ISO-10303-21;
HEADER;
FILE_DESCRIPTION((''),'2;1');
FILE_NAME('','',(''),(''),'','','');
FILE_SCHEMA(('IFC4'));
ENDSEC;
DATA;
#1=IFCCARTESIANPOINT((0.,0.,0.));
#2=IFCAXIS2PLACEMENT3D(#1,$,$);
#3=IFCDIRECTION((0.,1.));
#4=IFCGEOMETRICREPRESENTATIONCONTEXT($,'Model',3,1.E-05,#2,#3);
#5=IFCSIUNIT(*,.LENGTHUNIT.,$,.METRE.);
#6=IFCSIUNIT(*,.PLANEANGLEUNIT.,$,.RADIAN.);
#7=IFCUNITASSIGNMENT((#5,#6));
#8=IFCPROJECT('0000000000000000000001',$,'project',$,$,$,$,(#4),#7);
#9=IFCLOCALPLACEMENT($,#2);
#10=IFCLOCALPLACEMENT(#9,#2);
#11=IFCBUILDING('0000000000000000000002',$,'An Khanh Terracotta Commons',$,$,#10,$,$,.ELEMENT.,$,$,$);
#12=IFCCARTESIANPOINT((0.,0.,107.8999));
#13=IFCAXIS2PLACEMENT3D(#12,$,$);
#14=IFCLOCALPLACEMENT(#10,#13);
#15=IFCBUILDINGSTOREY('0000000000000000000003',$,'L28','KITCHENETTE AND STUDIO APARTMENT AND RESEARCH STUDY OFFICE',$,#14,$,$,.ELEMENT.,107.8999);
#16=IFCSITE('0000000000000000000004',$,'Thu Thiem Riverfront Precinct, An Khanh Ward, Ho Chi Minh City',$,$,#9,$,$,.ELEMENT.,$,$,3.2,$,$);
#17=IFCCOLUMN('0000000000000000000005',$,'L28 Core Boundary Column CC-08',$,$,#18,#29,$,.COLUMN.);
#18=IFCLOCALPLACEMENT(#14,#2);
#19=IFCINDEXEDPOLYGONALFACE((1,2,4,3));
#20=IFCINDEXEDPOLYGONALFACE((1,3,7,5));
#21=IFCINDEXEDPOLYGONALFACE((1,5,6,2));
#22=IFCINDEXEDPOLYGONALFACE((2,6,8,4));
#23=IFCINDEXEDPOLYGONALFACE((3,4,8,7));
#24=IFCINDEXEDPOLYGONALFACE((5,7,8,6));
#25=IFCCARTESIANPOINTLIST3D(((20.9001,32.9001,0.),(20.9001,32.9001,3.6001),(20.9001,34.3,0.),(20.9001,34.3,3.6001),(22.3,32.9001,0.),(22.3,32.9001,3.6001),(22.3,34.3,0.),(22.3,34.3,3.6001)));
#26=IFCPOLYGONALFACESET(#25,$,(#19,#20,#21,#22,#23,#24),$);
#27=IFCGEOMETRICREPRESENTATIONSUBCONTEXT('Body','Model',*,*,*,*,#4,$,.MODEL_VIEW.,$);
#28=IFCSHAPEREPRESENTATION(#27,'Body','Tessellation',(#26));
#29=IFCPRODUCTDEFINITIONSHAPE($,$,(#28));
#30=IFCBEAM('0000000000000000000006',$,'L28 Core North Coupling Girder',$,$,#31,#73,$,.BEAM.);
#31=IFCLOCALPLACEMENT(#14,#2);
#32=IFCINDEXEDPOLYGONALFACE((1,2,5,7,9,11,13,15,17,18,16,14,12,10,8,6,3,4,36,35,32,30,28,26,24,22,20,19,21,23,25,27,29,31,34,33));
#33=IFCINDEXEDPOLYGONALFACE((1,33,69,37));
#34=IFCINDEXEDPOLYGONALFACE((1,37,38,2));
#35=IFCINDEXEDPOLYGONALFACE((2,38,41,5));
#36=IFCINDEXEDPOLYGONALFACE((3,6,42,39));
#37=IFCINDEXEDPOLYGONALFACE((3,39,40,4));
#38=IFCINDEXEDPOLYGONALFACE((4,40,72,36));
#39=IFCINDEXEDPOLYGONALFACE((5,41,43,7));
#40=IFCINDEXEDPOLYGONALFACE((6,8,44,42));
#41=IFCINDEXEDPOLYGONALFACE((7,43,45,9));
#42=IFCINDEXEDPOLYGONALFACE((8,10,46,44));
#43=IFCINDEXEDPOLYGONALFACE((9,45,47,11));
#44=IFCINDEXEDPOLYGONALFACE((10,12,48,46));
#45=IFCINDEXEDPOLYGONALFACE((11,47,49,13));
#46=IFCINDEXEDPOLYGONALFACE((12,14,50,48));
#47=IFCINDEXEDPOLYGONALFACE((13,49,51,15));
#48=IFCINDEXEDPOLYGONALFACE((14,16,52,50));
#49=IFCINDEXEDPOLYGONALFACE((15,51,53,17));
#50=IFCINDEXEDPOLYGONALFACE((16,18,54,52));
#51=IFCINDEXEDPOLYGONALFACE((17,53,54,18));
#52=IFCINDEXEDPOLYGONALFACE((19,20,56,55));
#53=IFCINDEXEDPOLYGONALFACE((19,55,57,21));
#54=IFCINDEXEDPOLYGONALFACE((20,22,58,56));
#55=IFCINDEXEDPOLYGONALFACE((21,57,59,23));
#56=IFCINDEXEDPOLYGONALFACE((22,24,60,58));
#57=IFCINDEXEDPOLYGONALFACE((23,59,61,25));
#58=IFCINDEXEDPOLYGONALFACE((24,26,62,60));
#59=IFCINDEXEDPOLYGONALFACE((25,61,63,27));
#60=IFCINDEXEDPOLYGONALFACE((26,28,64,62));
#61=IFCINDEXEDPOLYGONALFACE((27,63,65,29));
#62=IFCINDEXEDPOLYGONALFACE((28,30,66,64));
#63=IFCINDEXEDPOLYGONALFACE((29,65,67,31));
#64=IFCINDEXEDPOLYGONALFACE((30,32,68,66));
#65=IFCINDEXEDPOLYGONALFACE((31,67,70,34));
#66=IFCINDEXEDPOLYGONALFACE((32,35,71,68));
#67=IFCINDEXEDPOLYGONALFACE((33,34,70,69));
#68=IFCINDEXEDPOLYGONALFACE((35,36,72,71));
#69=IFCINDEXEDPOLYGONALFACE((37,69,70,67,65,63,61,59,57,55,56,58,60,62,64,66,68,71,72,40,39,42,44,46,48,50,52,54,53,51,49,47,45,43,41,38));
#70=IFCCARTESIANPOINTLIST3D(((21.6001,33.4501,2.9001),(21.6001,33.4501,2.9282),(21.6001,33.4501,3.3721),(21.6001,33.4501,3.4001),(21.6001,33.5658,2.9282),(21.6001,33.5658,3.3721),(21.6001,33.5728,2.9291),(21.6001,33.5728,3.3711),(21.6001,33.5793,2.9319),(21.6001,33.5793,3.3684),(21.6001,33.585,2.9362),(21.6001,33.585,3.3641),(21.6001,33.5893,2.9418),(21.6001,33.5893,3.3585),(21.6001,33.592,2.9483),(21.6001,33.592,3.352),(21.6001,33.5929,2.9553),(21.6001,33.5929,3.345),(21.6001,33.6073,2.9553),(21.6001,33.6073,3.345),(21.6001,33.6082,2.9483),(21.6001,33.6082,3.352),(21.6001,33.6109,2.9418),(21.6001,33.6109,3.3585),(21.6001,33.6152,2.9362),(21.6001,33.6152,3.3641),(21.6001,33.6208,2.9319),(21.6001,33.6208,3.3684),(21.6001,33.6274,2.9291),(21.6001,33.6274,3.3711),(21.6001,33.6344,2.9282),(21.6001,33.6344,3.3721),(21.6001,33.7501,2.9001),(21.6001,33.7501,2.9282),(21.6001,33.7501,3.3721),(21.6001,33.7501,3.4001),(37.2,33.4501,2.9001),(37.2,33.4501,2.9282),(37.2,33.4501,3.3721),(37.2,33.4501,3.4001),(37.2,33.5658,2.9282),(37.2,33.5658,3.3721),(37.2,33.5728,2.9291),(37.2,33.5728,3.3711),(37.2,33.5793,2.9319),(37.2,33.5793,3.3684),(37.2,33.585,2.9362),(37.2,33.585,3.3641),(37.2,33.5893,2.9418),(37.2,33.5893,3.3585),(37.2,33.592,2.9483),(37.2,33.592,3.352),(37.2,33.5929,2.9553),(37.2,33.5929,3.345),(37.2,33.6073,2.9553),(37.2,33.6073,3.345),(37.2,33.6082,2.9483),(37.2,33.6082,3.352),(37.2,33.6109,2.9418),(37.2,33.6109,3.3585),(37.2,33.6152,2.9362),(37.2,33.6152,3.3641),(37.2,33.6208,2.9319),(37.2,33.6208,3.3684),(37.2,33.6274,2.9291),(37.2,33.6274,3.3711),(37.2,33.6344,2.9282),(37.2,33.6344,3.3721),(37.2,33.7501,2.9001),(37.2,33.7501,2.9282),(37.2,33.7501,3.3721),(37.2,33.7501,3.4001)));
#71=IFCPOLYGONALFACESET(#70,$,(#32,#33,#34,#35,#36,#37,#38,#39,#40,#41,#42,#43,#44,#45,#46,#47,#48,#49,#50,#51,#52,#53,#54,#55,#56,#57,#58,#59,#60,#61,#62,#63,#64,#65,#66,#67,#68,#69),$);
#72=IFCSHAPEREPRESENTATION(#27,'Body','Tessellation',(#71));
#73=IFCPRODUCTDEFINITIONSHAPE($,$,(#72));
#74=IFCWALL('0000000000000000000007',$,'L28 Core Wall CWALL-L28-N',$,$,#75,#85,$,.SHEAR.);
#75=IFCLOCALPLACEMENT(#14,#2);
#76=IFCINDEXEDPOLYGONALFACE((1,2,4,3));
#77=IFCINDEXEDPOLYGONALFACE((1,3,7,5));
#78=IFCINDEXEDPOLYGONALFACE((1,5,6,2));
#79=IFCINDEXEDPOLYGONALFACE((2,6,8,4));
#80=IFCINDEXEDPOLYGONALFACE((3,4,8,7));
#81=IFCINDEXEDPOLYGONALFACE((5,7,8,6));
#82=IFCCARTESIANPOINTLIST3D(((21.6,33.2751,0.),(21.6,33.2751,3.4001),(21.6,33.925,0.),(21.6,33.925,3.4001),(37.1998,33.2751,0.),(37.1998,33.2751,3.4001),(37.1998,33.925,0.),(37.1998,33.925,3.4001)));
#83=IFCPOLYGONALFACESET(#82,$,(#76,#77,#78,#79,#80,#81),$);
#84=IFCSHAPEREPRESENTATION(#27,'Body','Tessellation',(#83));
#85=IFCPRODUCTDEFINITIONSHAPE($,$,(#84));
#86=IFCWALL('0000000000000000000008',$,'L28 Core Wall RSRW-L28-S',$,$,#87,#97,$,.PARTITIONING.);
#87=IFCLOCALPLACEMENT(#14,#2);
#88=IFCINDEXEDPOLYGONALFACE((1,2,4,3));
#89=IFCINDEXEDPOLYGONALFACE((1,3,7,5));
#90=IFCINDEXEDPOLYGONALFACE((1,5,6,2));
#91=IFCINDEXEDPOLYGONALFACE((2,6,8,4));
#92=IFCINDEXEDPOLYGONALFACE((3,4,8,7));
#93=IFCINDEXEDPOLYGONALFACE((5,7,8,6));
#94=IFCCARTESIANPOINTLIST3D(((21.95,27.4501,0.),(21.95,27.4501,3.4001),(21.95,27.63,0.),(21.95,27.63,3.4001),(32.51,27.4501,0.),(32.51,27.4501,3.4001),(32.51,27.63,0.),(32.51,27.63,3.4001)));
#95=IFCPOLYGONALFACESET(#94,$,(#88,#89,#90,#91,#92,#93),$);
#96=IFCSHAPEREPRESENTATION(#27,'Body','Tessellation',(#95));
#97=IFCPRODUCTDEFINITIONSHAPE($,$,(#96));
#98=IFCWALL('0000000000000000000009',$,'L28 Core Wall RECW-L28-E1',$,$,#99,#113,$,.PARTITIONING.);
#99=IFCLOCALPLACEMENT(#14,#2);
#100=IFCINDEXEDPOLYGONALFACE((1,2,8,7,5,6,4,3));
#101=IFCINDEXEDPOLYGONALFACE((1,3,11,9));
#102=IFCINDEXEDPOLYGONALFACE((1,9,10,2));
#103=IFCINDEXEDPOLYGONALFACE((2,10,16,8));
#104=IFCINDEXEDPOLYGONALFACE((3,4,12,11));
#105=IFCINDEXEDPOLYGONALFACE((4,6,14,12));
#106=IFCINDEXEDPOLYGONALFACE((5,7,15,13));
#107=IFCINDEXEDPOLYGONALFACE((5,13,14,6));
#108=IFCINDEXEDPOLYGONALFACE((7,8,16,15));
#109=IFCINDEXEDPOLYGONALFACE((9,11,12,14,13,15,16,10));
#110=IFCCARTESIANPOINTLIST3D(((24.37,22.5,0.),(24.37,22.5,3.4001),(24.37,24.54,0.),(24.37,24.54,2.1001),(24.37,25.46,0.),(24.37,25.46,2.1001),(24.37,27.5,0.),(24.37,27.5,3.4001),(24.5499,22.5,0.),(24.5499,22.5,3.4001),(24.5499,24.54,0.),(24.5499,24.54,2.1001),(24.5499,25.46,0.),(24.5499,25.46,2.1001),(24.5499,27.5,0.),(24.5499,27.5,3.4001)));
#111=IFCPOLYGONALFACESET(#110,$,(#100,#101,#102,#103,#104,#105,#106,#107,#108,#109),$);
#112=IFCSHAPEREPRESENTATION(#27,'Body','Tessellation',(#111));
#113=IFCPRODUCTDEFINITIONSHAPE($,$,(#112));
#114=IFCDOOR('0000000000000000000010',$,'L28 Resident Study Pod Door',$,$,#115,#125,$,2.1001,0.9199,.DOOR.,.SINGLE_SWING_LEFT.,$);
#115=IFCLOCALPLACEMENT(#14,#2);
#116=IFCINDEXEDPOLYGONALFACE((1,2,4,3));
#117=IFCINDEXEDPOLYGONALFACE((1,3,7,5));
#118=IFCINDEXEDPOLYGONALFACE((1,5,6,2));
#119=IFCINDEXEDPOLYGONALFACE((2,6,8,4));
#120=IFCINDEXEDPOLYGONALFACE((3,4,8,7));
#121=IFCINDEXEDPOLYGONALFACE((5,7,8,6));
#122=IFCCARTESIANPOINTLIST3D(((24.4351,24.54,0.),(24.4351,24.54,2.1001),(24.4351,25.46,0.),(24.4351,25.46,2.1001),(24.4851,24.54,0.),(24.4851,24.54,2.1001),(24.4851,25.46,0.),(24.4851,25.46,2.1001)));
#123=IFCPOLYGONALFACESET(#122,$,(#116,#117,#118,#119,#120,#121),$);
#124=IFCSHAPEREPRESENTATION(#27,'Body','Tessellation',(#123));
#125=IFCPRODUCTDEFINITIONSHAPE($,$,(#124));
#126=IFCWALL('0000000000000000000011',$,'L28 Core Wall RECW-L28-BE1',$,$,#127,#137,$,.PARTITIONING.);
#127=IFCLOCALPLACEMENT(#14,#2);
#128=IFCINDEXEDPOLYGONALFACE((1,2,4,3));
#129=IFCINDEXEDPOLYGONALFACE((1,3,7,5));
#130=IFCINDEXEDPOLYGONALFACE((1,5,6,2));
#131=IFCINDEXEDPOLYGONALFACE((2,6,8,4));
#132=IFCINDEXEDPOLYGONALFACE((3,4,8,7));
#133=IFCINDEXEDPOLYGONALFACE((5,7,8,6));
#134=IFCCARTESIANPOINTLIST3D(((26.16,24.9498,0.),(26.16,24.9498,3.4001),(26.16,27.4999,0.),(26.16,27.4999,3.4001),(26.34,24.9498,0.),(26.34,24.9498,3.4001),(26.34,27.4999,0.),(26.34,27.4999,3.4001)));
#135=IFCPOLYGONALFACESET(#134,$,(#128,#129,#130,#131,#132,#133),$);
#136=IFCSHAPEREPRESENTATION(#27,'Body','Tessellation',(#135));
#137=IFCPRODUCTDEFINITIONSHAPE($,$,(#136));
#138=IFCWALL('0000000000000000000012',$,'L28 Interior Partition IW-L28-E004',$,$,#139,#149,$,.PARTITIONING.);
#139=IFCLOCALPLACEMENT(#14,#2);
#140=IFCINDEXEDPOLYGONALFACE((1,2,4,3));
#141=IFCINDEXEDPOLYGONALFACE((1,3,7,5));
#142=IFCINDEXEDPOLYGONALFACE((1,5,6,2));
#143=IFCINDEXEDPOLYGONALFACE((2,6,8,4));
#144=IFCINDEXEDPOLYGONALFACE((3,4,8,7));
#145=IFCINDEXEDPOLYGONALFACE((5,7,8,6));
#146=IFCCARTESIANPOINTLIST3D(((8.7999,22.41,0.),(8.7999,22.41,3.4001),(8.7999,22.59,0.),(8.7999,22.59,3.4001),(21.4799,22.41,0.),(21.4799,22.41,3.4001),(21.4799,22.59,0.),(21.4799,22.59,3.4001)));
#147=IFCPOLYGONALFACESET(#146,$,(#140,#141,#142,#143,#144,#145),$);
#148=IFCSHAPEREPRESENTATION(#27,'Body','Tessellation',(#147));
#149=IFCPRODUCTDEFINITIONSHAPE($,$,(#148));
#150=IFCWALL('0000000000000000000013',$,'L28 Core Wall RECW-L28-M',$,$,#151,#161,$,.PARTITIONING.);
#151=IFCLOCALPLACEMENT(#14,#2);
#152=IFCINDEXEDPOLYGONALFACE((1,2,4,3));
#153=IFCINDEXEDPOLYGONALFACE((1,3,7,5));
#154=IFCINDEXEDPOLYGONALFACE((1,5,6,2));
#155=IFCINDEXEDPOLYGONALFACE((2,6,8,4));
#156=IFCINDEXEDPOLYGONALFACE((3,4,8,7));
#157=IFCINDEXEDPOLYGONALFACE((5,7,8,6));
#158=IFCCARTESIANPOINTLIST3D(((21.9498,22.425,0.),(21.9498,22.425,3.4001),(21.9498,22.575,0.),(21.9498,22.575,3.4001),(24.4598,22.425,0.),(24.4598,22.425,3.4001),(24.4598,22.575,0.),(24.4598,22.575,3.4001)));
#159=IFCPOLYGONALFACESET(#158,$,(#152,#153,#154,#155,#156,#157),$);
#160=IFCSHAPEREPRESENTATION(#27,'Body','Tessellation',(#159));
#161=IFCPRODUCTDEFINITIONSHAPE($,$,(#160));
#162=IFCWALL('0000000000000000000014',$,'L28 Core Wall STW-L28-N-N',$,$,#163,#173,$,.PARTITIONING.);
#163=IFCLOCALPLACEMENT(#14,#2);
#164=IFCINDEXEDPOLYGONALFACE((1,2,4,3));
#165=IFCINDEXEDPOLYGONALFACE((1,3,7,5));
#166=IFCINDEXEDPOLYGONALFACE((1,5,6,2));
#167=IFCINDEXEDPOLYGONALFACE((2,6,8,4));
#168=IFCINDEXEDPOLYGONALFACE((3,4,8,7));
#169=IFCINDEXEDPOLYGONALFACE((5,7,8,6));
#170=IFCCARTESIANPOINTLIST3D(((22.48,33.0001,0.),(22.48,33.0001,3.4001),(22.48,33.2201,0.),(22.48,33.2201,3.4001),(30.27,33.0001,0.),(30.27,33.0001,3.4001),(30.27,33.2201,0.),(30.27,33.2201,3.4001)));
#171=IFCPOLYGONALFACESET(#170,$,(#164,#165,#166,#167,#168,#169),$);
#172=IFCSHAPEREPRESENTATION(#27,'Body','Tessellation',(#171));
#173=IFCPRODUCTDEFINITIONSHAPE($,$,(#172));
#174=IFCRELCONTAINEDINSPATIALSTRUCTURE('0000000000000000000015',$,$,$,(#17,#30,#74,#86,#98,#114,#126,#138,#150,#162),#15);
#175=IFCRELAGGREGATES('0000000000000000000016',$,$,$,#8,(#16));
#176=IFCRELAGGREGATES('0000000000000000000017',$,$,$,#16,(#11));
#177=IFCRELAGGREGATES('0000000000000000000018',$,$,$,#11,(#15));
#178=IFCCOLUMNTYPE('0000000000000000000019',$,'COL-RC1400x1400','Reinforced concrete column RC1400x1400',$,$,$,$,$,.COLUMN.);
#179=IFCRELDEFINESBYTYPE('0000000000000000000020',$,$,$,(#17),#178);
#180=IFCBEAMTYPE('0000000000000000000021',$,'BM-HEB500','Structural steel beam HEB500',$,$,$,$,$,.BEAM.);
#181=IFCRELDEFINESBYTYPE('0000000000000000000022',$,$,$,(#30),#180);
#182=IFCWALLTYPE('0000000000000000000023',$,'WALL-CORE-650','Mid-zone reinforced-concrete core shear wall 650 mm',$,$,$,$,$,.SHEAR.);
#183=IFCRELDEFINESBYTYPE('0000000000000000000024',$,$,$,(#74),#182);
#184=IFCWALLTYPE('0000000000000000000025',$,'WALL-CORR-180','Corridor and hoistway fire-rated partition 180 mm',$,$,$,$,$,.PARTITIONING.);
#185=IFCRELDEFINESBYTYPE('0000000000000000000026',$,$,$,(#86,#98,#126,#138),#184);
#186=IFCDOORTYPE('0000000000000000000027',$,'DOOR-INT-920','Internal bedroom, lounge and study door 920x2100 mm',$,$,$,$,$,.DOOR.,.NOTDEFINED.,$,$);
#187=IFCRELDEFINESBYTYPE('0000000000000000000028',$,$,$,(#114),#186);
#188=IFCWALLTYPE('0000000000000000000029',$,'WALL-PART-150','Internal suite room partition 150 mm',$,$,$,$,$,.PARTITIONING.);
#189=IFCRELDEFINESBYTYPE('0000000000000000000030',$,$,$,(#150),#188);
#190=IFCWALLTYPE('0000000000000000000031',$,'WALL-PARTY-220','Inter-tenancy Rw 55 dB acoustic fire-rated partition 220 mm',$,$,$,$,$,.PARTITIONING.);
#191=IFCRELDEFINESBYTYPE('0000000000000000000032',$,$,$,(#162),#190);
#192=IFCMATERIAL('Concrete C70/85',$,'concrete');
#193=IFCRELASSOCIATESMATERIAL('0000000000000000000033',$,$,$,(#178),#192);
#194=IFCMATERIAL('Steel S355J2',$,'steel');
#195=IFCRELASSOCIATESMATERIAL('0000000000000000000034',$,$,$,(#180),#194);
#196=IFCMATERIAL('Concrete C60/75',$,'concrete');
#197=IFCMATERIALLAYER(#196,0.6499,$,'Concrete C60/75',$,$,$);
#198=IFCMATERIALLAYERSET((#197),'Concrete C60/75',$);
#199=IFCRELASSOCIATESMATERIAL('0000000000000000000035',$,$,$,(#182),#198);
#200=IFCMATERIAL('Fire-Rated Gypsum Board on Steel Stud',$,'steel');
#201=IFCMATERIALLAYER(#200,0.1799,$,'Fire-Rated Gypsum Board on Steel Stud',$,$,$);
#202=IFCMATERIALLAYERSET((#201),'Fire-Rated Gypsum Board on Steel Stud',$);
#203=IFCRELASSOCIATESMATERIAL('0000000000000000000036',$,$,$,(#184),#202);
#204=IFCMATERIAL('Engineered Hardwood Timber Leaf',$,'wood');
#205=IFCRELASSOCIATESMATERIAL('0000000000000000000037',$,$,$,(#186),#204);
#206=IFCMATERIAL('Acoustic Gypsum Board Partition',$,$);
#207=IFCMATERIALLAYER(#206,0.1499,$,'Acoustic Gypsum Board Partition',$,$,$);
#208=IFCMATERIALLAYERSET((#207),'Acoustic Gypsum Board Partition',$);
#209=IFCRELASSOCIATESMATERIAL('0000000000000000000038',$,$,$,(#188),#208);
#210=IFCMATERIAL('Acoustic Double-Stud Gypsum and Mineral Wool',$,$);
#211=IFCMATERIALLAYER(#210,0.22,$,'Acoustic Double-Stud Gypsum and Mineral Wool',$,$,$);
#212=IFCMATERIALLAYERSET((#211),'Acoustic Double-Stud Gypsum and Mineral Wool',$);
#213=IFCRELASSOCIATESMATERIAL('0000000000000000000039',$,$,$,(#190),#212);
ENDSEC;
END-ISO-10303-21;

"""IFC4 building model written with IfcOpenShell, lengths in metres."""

from ifc_helpers import new_model, si_unit, direction, frame, frame_2d, origin, origin_2d, place, context, subcontext, project, spatial, rectangle, i_section, extrude, material, layer, layer_set, material_profile, profile_set, type_object, element, fill, save


model = new_model("IFC4")

# Units and contexts
model_context = context("Model", 3, precision=1e-05, world=origin(), true_north=direction((0.0, 1.0)))
body_context = subcontext(model_context, "Body", "Model", "MODEL_VIEW")
ifc_project = project(units=[si_unit("LENGTHUNIT", "METRE"), si_unit("PLANEANGLEUNIT", "RADIAN")], contexts=[model_context])

# Site, building, storey
site_placement = place(None, origin())
site = spatial("IfcSite", under=ifc_project, at=site_placement, Name="Thu Thiem Riverfront Precinct, An Khanh Ward, Ho Chi Minh City", CompositionType="ELEMENT", RefElevation=3.2)
building_placement = place(site_placement, origin())
building = spatial("IfcBuilding", under=site, at=building_placement, Name="An Khanh Terracotta Commons", CompositionType="ELEMENT")
storey_placement = place(building_placement, frame((0.0, 0.0, 107.8999)))
storey = spatial("IfcBuildingStorey", under=building, at=storey_placement, Name="L28", Description="KITCHENETTE AND STUDIO APARTMENT AND RESEARCH STUDY OFFICE", CompositionType="ELEMENT", Elevation=107.8999)

# Column
ifc_material_1 = material(Name="Concrete C70/85", Category="concrete")
ifc_material_profile_1 = material_profile(ifc_material_1, rectangle(XDim=1.3999, YDim=1.3999, at=origin_2d()), Name="RC1400x1400")
ifc_profile_set_1 = profile_set([ifc_material_profile_1], Name="Concrete C70/85")
column_type = type_object("IfcColumnType", Name="COL-RC1400x1400", Description="Reinforced concrete column RC1400x1400", PredefinedType="COLUMN", material=ifc_profile_set_1)
column_placement = place(storey_placement, frame((21.6001, 33.6001, 0.0), z_axis=(0.0, 0.0, 1.0), x_axis=(1.0, 0.0, 0.0)))
element("IfcColumn", 1, at=column_placement, inside=storey, type_object=column_type, Name="L28 Core Boundary Column CC-08", PredefinedType="COLUMN", context=body_context, shape_type="SweptSolid", body=[
    extrude(rectangle(XDim=1.3999, YDim=1.3999, at=origin_2d()), origin(), (0.0, 0.0, 1.0), 3.6001),
])

# Beam
ifc_material_2 = material(Name="Steel S355J2", Category="steel")
ifc_material_profile_2 = material_profile(ifc_material_2, i_section(OverallWidth=0.3, OverallDepth=0.5, WebThickness=0.0144, FlangeThickness=0.0281, FilletRadius=0.0271, at=origin_2d()), Name="HEB500")
ifc_profile_set_2 = profile_set([ifc_material_profile_2], Name="Steel S355J2")
beam_type = type_object("IfcBeamType", Name="BM-HEB500", Description="Structural steel beam HEB500", PredefinedType="BEAM", material=ifc_profile_set_2)
beam_placement = place(storey_placement, frame((21.6001, 33.6001, 3.1501), z_axis=(1.0, 0.0, 0.0), x_axis=(0.0, 1.0, 0.0)))
element("IfcBeam", 2, at=beam_placement, inside=storey, type_object=beam_type, Name="L28 Core North Coupling Girder", PredefinedType="BEAM", context=body_context, shape_type="SweptSolid", body=[
    extrude(i_section(OverallWidth=0.3, OverallDepth=0.5, WebThickness=0.0144, FlangeThickness=0.0281, FilletRadius=0.0271, at=origin_2d()), origin(), (0.0, 0.0, 1.0), 15.5999),
])

# Walls
ifc_material_3 = material(Name="Concrete C60/75", Category="concrete")
ifc_layer_1 = layer(ifc_material_3, 0.6499, Name="Concrete C60/75")
ifc_layer_set_1 = layer_set([ifc_layer_1], Name="Concrete C60/75")
wall_type_1 = type_object("IfcWallType", Name="WALL-CORE-650", Description="Mid-zone reinforced-concrete core shear wall 650 mm", PredefinedType="SHEAR", material=ifc_layer_set_1)
wall_1_placement = place(storey_placement, frame((21.6001, 33.6001, 0.0), z_axis=(0.0, 0.0, 1.0), x_axis=(1.0, 0.0, 0.0)))
element("IfcWall", 3, at=wall_1_placement, inside=storey, type_object=wall_type_1, Name="L28 Core Wall CWALL-L28-N", PredefinedType="SHEAR", context=body_context, shape_type="SweptSolid", body=[
    extrude(rectangle(XDim=15.5999, YDim=0.6499, at=frame_2d((7.7998, 0.0))), origin(), (0.0, 0.0, 1.0), 3.4001),
])
ifc_material_4 = material(Name="Fire-Rated Gypsum Board on Steel Stud", Category="steel")
ifc_layer_2 = layer(ifc_material_4, 0.1799, Name="Fire-Rated Gypsum Board on Steel Stud")
ifc_layer_set_2 = layer_set([ifc_layer_2], Name="Fire-Rated Gypsum Board on Steel Stud")
wall_type_2 = type_object("IfcWallType", Name="WALL-CORR-180", Description="Corridor and hoistway fire-rated partition 180 mm", PredefinedType="PARTITIONING", material=ifc_layer_set_2)
wall_2_placement = place(storey_placement, frame((21.95, 27.54, 0.0), z_axis=(0.0, 0.0, 1.0), x_axis=(1.0, 0.0, 0.0)))
element("IfcWall", 4, at=wall_2_placement, inside=storey, type_object=wall_type_2, Name="L28 Core Wall RSRW-L28-S", PredefinedType="PARTITIONING", context=body_context, shape_type="SweptSolid", body=[
    extrude(rectangle(XDim=10.5601, YDim=0.1799, at=frame_2d((5.28, 0.0))), origin(), (0.0, 0.0, 1.0), 3.4001),
])

# Wall, opening, door
wall_3_placement = place(storey_placement, frame((24.46, 22.5, 0.0), z_axis=(0.0, 0.0, 1.0), x_axis=(0.0, 1.0, 0.0)))
wall_3 = element("IfcWall", 5, at=wall_3_placement, inside=storey, type_object=wall_type_2, Name="L28 Core Wall RECW-L28-E1", PredefinedType="PARTITIONING", context=body_context, shape_type="SweptSolid", body=[
    extrude(rectangle(XDim=5.0, YDim=0.1799, at=frame_2d((2.5, 0.0))), origin(), (0.0, 0.0, 1.0), 3.4001),
])
opening_1_placement = place(wall_3_placement, frame((2.04, 0.0, 0.0)))
opening_1 = element("IfcOpeningElement", 6, at=opening_1_placement, cuts=wall_3, PredefinedType="OPENING", context=body_context, shape_type="SweptSolid", body=[
    extrude(rectangle(XDim=0.9199, YDim=2.1001, at=frame_2d((0.46, 1.05))), frame((0.0, 0.0999, 0.0), z_axis=(0.0, -1.0, 0.0), x_axis=(1.0, 0.0, 0.0)), (0.0, 0.0, 1.0), 0.2),
])
ifc_material_5 = material(Name="Engineered Hardwood Timber Leaf", Category="wood")
door_type_1 = type_object("IfcDoorType", Name="DOOR-INT-920", Description="Internal bedroom, lounge and study door 920x2100 mm", OperationType="NOTDEFINED", PredefinedType="DOOR", material=ifc_material_5)
door_1_placement = place(opening_1_placement, origin())
door_1 = element("IfcDoor", 7, at=door_1_placement, inside=storey, type_object=door_type_1, Name="L28 Resident Study Pod Door", OperationType="SINGLE_SWING_LEFT", OverallHeight=2.1001, OverallWidth=0.9199, PredefinedType="DOOR", context=body_context, shape_type="SweptSolid", body=[
    extrude(rectangle(XDim=0.9199, YDim=2.1001, at=frame_2d((0.46, 1.05))), frame((0.0, 0.0249, 0.0), z_axis=(0.0, -1.0, 0.0), x_axis=(1.0, 0.0, 0.0)), (0.0, 0.0, 1.0), 0.05),
])
fill(opening_1, door_1)

# Walls
wall_4_placement = place(storey_placement, frame((26.25, 24.95, 0.0), z_axis=(0.0, 0.0, 1.0), x_axis=(0.0, 1.0, 0.0)))
element("IfcWall", 8, at=wall_4_placement, inside=storey, type_object=wall_type_2, Name="L28 Core Wall RECW-L28-BE1", PredefinedType="PARTITIONING", context=body_context, shape_type="SweptSolid", body=[
    extrude(rectangle(XDim=2.55, YDim=0.1799, at=frame_2d((1.2749, 0.0))), origin(), (0.0, 0.0, 1.0), 3.4001),
])
wall_5_placement = place(storey_placement, frame((8.8, 22.5, 0.0), z_axis=(0.0, 0.0, 1.0), x_axis=(1.0, 0.0, 0.0)))
element("IfcWall", 9, at=wall_5_placement, inside=storey, type_object=wall_type_2, Name="L28 Interior Partition IW-L28-E004", PredefinedType="PARTITIONING", context=body_context, shape_type="SweptSolid", body=[
    extrude(rectangle(XDim=12.6799, YDim=0.1799, at=frame_2d((6.3398, 0.0))), origin(), (0.0, 0.0, 1.0), 3.4001),
])
ifc_material_6 = material(Name="Acoustic Gypsum Board Partition")
ifc_layer_3 = layer(ifc_material_6, 0.1499, Name="Acoustic Gypsum Board Partition")
ifc_layer_set_3 = layer_set([ifc_layer_3], Name="Acoustic Gypsum Board Partition")
wall_type_3 = type_object("IfcWallType", Name="WALL-PART-150", Description="Internal suite room partition 150 mm", PredefinedType="PARTITIONING", material=ifc_layer_set_3)
wall_6_placement = place(storey_placement, frame((21.95, 22.5, 0.0), z_axis=(0.0, 0.0, 1.0), x_axis=(1.0, 0.0, 0.0)))
element("IfcWall", 10, at=wall_6_placement, inside=storey, type_object=wall_type_3, Name="L28 Core Wall RECW-L28-M", PredefinedType="PARTITIONING", context=body_context, shape_type="SweptSolid", body=[
    extrude(rectangle(XDim=2.51, YDim=0.1499, at=frame_2d((1.2549, 0.0))), origin(), (0.0, 0.0, 1.0), 3.4001),
])
ifc_material_7 = material(Name="Acoustic Double-Stud Gypsum and Mineral Wool")
ifc_layer_4 = layer(ifc_material_7, 0.22, Name="Acoustic Double-Stud Gypsum and Mineral Wool")
ifc_layer_set_4 = layer_set([ifc_layer_4], Name="Acoustic Double-Stud Gypsum and Mineral Wool")
wall_type_4 = type_object("IfcWallType", Name="WALL-PARTY-220", Description="Inter-tenancy Rw 55 dB acoustic fire-rated partition 220 mm", PredefinedType="PARTITIONING", material=ifc_layer_set_4)
wall_7_placement = place(storey_placement, frame((22.48, 33.1101, 0.0), z_axis=(0.0, 0.0, 1.0), x_axis=(1.0, 0.0, 0.0)))
element("IfcWall", 11, at=wall_7_placement, inside=storey, type_object=wall_type_4, Name="L28 Core Wall STW-L28-N-N", PredefinedType="PARTITIONING", context=body_context, shape_type="SweptSolid", body=[
    extrude(rectangle(XDim=7.79, YDim=0.22, at=frame_2d((3.895, 0.0))), origin(), (0.0, 0.0, 1.0), 3.4001),
])

save(model, "model.ifc")
